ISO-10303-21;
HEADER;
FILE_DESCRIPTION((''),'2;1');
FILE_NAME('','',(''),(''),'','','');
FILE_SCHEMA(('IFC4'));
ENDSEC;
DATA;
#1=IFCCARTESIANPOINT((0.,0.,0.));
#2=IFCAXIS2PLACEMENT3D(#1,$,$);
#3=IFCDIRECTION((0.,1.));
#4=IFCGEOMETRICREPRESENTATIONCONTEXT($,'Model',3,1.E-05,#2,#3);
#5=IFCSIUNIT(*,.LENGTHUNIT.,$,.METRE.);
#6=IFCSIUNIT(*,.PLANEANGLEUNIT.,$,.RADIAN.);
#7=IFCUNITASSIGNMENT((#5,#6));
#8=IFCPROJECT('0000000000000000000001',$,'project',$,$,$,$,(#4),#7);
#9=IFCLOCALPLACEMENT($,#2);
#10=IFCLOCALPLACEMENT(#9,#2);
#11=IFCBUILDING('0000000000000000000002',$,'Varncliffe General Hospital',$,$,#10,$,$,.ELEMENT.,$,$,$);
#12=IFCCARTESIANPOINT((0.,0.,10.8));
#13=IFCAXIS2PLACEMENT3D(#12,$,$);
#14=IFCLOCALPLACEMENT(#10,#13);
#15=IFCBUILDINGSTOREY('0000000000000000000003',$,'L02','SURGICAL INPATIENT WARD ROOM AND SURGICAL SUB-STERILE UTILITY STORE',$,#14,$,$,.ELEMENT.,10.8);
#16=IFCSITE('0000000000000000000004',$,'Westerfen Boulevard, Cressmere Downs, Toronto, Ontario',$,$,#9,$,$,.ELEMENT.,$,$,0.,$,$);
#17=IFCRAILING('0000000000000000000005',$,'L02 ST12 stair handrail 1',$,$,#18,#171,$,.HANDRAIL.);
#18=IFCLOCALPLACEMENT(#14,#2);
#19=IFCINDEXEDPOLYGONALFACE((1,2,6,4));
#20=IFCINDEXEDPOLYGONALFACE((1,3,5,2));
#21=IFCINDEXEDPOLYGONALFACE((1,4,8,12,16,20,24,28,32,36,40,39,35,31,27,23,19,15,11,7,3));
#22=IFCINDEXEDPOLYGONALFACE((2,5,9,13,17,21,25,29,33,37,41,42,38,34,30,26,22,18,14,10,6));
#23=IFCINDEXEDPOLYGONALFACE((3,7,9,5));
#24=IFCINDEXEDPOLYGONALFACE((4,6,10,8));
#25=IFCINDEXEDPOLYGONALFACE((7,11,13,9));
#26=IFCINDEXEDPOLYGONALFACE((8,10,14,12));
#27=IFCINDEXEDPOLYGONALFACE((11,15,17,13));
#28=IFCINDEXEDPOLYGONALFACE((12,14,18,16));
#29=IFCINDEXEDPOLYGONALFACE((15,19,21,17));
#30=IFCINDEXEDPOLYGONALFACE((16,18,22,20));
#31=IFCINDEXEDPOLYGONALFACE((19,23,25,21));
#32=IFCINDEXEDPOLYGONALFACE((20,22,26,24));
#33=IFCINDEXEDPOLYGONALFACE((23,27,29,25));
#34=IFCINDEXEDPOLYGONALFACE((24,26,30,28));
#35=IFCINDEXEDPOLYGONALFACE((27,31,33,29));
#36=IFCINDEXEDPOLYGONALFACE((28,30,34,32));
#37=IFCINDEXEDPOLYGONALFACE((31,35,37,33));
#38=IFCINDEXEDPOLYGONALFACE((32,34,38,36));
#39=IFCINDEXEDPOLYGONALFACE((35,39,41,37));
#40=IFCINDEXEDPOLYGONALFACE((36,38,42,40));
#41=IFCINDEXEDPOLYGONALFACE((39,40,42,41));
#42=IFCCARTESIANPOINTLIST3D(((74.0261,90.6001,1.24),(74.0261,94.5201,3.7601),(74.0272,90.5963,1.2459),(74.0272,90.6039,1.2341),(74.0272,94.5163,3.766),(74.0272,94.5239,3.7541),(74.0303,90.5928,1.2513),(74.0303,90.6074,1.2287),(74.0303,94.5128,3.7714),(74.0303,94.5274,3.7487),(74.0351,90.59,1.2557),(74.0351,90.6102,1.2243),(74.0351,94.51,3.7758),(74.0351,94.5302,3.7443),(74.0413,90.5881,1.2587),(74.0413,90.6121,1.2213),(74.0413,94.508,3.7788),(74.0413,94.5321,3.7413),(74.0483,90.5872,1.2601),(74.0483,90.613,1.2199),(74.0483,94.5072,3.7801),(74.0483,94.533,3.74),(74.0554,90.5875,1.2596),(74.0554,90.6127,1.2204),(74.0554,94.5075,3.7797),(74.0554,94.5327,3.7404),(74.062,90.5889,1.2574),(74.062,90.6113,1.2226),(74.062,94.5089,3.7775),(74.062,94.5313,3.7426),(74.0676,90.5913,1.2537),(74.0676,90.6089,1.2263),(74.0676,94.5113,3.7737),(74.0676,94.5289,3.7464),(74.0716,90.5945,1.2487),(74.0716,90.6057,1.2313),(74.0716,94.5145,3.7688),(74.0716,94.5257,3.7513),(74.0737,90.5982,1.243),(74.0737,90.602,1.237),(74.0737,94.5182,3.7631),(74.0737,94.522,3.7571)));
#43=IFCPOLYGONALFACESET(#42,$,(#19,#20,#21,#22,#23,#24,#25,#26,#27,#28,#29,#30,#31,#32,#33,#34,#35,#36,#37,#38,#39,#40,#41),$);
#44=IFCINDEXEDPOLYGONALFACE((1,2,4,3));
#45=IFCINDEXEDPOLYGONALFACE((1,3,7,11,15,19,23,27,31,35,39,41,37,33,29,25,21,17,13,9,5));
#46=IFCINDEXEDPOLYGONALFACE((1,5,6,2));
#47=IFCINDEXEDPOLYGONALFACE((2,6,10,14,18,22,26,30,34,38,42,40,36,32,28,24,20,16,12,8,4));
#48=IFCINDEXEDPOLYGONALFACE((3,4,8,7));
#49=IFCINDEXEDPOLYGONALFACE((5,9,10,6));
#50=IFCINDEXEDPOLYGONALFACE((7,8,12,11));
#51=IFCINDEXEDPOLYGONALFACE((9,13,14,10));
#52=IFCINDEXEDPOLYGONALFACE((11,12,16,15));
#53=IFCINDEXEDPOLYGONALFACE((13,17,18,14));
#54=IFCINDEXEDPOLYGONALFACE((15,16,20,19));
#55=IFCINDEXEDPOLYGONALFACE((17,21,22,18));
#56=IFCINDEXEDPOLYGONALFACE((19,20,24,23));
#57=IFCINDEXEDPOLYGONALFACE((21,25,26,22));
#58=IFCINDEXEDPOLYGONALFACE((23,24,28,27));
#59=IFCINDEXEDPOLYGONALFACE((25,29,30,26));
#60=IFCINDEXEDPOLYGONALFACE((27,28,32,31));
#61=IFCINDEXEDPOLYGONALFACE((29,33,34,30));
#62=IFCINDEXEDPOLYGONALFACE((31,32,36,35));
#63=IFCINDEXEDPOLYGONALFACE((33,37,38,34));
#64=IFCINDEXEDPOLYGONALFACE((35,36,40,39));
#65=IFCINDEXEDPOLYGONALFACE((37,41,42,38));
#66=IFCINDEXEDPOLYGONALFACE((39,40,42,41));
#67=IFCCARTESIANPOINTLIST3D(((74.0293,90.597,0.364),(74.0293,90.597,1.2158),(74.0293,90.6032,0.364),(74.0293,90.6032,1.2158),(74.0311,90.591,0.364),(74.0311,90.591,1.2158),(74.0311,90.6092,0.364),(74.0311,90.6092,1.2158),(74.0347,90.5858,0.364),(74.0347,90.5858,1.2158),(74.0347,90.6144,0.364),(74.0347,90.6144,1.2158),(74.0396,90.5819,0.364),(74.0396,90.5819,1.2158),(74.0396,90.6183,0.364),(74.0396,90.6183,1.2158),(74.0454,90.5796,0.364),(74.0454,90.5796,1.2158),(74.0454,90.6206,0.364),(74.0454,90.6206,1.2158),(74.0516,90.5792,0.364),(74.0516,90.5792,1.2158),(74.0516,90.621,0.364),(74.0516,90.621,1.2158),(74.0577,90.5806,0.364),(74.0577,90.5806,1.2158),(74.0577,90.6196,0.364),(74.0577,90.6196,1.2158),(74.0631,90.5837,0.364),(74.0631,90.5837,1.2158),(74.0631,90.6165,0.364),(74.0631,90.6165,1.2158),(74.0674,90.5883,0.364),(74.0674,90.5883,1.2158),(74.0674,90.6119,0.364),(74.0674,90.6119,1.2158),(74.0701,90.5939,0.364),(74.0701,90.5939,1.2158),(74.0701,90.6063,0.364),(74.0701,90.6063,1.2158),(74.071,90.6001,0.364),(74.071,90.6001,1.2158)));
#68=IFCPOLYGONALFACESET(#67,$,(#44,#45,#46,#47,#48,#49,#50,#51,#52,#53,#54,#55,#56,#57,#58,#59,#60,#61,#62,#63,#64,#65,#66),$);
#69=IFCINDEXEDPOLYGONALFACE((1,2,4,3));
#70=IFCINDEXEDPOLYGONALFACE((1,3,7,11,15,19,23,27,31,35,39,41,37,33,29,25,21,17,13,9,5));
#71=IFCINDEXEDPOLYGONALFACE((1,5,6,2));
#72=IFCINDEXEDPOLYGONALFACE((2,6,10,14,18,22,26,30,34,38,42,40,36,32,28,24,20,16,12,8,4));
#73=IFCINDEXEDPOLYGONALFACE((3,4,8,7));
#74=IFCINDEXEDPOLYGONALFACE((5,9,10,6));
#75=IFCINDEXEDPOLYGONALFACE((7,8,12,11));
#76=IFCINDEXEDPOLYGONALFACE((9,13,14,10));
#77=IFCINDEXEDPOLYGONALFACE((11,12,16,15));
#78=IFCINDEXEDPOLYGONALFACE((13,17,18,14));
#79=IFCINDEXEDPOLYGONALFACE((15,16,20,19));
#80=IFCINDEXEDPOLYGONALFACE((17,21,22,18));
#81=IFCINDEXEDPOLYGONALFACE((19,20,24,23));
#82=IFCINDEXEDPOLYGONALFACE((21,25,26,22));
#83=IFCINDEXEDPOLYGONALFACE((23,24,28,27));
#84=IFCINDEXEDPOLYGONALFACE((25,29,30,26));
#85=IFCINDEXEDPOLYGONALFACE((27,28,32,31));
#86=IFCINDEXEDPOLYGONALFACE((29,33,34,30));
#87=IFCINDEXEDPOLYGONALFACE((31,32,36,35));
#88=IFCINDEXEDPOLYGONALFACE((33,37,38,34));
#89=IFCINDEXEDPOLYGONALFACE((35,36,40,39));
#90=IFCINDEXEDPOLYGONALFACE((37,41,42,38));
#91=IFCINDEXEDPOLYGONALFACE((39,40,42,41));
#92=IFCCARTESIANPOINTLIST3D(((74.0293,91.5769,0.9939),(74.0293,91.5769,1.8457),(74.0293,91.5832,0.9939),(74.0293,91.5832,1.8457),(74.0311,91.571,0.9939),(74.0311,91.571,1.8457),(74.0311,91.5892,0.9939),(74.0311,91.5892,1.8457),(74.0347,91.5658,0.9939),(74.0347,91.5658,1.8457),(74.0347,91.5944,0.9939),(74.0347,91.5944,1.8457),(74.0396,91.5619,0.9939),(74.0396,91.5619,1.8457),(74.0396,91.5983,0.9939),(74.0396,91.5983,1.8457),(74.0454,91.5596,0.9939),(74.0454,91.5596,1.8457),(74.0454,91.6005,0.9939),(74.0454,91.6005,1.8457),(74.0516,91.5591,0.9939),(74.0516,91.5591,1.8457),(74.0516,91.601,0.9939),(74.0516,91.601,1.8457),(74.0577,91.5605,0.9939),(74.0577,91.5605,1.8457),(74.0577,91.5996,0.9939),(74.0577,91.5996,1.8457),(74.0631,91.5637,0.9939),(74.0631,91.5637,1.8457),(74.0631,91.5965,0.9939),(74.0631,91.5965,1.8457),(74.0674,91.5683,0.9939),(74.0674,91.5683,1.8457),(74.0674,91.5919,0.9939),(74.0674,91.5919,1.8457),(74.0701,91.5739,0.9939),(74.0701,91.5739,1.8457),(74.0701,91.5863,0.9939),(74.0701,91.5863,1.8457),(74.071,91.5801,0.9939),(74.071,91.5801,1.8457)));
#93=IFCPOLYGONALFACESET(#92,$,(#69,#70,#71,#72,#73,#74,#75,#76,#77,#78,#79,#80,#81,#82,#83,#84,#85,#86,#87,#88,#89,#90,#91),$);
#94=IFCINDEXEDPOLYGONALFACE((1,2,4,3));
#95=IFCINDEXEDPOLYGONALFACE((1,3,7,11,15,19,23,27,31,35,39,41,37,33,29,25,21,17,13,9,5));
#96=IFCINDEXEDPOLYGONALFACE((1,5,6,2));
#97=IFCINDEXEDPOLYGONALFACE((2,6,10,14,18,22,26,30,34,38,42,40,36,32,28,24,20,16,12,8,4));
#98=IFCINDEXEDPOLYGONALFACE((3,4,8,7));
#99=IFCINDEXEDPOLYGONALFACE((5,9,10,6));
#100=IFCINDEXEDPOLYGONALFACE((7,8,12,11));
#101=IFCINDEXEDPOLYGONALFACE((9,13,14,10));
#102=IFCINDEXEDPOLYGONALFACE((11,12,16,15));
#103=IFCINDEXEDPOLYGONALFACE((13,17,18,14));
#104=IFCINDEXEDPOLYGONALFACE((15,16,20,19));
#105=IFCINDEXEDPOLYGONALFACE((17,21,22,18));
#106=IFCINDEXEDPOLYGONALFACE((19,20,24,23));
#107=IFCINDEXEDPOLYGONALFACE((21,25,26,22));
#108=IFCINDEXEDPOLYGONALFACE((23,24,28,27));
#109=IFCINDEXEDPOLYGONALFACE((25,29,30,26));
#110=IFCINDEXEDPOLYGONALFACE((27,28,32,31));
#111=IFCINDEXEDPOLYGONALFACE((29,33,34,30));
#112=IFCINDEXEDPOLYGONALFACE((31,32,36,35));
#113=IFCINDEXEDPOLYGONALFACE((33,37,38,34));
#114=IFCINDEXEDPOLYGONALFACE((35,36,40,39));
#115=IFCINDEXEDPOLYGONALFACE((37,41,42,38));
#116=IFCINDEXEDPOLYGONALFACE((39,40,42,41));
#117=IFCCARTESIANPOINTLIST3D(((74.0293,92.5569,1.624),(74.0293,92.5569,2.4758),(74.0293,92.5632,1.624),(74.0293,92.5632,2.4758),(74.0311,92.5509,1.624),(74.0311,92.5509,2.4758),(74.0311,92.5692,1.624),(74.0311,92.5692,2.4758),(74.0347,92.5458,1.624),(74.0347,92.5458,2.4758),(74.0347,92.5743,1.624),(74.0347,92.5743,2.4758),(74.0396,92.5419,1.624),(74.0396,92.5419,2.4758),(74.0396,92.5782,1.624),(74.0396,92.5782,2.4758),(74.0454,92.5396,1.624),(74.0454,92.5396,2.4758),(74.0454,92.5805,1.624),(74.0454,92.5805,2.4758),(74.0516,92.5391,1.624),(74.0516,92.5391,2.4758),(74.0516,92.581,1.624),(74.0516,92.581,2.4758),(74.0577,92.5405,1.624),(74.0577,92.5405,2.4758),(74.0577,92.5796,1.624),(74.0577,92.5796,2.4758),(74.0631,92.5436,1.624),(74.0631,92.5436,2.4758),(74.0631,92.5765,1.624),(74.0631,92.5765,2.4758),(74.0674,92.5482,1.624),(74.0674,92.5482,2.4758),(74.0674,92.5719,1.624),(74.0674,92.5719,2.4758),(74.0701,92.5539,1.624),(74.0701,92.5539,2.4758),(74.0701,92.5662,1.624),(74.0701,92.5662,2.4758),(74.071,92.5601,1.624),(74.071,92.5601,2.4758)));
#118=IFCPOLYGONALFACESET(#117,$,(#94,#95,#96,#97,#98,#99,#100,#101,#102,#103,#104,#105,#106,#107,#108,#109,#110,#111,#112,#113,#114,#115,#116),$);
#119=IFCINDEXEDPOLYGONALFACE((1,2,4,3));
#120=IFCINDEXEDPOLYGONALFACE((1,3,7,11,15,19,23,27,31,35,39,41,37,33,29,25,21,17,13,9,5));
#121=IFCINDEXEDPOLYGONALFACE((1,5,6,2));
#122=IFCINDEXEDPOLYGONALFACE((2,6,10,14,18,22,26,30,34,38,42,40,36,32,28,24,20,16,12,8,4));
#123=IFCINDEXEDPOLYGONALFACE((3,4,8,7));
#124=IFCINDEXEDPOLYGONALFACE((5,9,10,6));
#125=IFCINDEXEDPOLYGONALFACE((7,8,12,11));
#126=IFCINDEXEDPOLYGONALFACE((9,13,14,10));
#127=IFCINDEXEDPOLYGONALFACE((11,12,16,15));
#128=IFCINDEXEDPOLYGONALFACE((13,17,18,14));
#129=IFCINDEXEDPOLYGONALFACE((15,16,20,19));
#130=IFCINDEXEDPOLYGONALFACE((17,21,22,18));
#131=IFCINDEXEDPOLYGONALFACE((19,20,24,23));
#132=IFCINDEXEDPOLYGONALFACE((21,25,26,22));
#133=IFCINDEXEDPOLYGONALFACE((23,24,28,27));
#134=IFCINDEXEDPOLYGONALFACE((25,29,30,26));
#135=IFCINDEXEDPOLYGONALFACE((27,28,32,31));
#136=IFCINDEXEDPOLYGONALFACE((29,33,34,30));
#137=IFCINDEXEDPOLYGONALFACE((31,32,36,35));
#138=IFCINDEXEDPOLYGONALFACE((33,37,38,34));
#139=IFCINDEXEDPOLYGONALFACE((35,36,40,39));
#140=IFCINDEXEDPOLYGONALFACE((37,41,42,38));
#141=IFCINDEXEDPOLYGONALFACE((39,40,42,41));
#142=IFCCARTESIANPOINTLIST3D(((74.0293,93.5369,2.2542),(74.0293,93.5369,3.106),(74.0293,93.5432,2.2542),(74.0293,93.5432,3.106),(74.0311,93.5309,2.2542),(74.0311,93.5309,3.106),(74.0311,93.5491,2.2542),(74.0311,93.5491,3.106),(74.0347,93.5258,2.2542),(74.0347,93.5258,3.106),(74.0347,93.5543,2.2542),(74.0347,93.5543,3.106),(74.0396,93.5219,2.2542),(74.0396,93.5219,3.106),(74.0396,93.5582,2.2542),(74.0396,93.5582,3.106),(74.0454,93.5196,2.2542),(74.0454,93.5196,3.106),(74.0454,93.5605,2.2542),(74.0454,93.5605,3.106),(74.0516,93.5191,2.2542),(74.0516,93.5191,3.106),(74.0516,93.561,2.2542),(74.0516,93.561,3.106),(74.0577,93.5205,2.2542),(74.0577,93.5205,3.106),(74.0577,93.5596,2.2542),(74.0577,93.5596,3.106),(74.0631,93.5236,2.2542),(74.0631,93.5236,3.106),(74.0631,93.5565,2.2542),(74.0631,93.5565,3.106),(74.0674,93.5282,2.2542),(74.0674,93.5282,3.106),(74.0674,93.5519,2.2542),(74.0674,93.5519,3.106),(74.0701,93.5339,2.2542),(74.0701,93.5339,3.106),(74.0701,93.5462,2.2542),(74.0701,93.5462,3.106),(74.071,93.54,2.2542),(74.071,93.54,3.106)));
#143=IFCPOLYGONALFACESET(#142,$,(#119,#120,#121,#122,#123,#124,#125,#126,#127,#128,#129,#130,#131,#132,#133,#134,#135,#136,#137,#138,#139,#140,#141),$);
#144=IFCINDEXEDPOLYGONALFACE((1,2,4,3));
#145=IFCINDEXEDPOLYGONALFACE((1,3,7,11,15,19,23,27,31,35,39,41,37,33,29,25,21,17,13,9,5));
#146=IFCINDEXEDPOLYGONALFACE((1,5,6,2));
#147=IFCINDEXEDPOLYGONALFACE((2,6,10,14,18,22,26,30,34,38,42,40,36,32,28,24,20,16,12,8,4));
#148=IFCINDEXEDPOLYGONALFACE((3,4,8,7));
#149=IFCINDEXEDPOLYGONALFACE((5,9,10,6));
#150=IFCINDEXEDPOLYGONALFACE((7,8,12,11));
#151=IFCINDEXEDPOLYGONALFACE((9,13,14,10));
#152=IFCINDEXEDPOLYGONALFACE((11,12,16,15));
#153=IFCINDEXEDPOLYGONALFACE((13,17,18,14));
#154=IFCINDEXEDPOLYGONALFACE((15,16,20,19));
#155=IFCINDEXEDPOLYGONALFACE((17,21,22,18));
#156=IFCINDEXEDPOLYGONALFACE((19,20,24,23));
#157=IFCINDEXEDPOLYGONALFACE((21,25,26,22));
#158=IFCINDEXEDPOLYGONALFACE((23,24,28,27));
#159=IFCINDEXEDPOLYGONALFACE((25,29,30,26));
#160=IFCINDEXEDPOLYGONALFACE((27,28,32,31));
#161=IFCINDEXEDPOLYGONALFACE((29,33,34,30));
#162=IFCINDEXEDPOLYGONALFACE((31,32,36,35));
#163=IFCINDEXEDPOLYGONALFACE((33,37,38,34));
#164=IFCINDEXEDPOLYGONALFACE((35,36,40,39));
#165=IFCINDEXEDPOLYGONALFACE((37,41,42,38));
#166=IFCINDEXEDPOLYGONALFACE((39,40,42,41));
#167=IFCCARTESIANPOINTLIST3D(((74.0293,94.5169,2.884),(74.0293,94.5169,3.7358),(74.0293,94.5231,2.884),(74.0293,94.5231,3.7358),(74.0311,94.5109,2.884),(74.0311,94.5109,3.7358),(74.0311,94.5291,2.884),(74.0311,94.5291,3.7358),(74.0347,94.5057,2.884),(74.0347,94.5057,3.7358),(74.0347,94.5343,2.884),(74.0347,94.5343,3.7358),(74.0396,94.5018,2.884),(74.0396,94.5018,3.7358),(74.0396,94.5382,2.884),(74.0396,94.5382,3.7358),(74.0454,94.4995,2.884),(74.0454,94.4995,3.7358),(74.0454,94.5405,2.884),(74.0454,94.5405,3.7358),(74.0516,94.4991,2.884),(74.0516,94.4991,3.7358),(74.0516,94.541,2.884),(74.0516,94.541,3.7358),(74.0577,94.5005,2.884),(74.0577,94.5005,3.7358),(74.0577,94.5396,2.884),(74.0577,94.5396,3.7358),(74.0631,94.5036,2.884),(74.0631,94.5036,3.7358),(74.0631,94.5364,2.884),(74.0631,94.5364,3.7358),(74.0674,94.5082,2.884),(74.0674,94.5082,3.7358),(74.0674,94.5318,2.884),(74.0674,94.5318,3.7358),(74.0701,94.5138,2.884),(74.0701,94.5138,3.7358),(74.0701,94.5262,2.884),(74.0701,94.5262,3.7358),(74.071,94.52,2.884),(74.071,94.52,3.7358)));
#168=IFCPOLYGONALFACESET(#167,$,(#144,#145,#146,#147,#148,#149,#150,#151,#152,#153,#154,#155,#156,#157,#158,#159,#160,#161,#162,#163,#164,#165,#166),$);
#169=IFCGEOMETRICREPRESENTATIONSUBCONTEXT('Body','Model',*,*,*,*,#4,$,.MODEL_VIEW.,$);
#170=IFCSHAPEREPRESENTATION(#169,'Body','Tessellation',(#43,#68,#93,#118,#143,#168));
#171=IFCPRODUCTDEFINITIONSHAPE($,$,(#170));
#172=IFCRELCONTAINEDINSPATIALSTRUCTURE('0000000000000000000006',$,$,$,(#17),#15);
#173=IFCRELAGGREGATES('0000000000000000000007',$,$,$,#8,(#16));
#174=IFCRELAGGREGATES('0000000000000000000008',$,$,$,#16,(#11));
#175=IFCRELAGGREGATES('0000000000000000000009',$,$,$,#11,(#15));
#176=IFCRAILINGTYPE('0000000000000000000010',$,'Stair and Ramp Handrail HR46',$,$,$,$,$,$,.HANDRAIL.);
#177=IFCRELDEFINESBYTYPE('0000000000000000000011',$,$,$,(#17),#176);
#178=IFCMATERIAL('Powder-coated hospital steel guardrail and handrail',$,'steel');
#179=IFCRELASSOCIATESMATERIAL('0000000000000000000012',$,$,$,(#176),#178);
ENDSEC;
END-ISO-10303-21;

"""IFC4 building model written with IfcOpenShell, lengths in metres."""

from ifc_helpers import new_model, si_unit, direction, frame, origin, origin_2d, place, context, subcontext, project, spatial, circle, extrude, material, type_object, element, save


model = new_model("IFC4")

# Units and contexts
model_context = context("Model", 3, precision=1e-05, world=origin(), true_north=direction((0.0, 1.0)))
body_context = subcontext(model_context, "Body", "Model", "MODEL_VIEW")
ifc_project = project(units=[si_unit("LENGTHUNIT", "METRE"), si_unit("PLANEANGLEUNIT", "RADIAN")], contexts=[model_context])

# Site, building, storey
site_placement = place(None, origin())
site = spatial("IfcSite", under=ifc_project, at=site_placement, Name="Westerfen Boulevard, Cressmere Downs, Toronto, Ontario", CompositionType="ELEMENT", RefElevation=0.0)
building_placement = place(site_placement, origin())
building = spatial("IfcBuilding", under=site, at=building_placement, Name="Varncliffe General Hospital", CompositionType="ELEMENT")
storey_placement = place(building_placement, frame((0.0, 0.0, 10.8)))
storey = spatial("IfcBuildingStorey", under=building, at=storey_placement, Name="L02", Description="SURGICAL INPATIENT WARD ROOM AND SURGICAL SUB-STERILE UTILITY STORE", CompositionType="ELEMENT", Elevation=10.8)

# Railing
ifc_material_1 = material(Name="Powder-coated hospital steel guardrail and handrail", Category="steel")
railing_type_1 = type_object("IfcRailingType", Name="Stair and Ramp Handrail HR46", PredefinedType="HANDRAIL", material=ifc_material_1)
railing_1_placement = place(storey_placement, frame((74.05, 90.6001, 0.364)))
element("IfcRailing", 1, at=railing_1_placement, inside=storey, type_object=railing_type_1, Name="L02 ST12 stair handrail 1", PredefinedType="HANDRAIL", context=body_context, shape_type="SweptSolid", body=[
    extrude(circle(Radius=0.0239, at=origin_2d()), frame((0.0, 0.0, 0.876), z_axis=(0.0, 0.841172, 0.540768), x_axis=(-1.0, 0.0, 0.0)), (0.0, 0.0, 1.0), 4.6602),
    extrude(circle(Radius=0.021, at=origin_2d()), origin(), (0.0, 0.0, 1.0), 0.8518),
    extrude(circle(Radius=0.021, at=origin_2d()), frame((0.0, 0.98, 0.6299)), (0.0, 0.0, 1.0), 0.8518),
    extrude(circle(Radius=0.021, at=origin_2d()), frame((0.0, 1.96, 1.26)), (0.0, 0.0, 1.0), 0.8518),
    extrude(circle(Radius=0.021, at=origin_2d()), frame((0.0, 2.9399, 1.8901)), (0.0, 0.0, 1.0), 0.8518),
    extrude(circle(Radius=0.021, at=origin_2d()), frame((0.0, 3.9199, 2.52)), (0.0, 0.0, 1.0), 0.8518),
])

save(model, "model.ifc")
